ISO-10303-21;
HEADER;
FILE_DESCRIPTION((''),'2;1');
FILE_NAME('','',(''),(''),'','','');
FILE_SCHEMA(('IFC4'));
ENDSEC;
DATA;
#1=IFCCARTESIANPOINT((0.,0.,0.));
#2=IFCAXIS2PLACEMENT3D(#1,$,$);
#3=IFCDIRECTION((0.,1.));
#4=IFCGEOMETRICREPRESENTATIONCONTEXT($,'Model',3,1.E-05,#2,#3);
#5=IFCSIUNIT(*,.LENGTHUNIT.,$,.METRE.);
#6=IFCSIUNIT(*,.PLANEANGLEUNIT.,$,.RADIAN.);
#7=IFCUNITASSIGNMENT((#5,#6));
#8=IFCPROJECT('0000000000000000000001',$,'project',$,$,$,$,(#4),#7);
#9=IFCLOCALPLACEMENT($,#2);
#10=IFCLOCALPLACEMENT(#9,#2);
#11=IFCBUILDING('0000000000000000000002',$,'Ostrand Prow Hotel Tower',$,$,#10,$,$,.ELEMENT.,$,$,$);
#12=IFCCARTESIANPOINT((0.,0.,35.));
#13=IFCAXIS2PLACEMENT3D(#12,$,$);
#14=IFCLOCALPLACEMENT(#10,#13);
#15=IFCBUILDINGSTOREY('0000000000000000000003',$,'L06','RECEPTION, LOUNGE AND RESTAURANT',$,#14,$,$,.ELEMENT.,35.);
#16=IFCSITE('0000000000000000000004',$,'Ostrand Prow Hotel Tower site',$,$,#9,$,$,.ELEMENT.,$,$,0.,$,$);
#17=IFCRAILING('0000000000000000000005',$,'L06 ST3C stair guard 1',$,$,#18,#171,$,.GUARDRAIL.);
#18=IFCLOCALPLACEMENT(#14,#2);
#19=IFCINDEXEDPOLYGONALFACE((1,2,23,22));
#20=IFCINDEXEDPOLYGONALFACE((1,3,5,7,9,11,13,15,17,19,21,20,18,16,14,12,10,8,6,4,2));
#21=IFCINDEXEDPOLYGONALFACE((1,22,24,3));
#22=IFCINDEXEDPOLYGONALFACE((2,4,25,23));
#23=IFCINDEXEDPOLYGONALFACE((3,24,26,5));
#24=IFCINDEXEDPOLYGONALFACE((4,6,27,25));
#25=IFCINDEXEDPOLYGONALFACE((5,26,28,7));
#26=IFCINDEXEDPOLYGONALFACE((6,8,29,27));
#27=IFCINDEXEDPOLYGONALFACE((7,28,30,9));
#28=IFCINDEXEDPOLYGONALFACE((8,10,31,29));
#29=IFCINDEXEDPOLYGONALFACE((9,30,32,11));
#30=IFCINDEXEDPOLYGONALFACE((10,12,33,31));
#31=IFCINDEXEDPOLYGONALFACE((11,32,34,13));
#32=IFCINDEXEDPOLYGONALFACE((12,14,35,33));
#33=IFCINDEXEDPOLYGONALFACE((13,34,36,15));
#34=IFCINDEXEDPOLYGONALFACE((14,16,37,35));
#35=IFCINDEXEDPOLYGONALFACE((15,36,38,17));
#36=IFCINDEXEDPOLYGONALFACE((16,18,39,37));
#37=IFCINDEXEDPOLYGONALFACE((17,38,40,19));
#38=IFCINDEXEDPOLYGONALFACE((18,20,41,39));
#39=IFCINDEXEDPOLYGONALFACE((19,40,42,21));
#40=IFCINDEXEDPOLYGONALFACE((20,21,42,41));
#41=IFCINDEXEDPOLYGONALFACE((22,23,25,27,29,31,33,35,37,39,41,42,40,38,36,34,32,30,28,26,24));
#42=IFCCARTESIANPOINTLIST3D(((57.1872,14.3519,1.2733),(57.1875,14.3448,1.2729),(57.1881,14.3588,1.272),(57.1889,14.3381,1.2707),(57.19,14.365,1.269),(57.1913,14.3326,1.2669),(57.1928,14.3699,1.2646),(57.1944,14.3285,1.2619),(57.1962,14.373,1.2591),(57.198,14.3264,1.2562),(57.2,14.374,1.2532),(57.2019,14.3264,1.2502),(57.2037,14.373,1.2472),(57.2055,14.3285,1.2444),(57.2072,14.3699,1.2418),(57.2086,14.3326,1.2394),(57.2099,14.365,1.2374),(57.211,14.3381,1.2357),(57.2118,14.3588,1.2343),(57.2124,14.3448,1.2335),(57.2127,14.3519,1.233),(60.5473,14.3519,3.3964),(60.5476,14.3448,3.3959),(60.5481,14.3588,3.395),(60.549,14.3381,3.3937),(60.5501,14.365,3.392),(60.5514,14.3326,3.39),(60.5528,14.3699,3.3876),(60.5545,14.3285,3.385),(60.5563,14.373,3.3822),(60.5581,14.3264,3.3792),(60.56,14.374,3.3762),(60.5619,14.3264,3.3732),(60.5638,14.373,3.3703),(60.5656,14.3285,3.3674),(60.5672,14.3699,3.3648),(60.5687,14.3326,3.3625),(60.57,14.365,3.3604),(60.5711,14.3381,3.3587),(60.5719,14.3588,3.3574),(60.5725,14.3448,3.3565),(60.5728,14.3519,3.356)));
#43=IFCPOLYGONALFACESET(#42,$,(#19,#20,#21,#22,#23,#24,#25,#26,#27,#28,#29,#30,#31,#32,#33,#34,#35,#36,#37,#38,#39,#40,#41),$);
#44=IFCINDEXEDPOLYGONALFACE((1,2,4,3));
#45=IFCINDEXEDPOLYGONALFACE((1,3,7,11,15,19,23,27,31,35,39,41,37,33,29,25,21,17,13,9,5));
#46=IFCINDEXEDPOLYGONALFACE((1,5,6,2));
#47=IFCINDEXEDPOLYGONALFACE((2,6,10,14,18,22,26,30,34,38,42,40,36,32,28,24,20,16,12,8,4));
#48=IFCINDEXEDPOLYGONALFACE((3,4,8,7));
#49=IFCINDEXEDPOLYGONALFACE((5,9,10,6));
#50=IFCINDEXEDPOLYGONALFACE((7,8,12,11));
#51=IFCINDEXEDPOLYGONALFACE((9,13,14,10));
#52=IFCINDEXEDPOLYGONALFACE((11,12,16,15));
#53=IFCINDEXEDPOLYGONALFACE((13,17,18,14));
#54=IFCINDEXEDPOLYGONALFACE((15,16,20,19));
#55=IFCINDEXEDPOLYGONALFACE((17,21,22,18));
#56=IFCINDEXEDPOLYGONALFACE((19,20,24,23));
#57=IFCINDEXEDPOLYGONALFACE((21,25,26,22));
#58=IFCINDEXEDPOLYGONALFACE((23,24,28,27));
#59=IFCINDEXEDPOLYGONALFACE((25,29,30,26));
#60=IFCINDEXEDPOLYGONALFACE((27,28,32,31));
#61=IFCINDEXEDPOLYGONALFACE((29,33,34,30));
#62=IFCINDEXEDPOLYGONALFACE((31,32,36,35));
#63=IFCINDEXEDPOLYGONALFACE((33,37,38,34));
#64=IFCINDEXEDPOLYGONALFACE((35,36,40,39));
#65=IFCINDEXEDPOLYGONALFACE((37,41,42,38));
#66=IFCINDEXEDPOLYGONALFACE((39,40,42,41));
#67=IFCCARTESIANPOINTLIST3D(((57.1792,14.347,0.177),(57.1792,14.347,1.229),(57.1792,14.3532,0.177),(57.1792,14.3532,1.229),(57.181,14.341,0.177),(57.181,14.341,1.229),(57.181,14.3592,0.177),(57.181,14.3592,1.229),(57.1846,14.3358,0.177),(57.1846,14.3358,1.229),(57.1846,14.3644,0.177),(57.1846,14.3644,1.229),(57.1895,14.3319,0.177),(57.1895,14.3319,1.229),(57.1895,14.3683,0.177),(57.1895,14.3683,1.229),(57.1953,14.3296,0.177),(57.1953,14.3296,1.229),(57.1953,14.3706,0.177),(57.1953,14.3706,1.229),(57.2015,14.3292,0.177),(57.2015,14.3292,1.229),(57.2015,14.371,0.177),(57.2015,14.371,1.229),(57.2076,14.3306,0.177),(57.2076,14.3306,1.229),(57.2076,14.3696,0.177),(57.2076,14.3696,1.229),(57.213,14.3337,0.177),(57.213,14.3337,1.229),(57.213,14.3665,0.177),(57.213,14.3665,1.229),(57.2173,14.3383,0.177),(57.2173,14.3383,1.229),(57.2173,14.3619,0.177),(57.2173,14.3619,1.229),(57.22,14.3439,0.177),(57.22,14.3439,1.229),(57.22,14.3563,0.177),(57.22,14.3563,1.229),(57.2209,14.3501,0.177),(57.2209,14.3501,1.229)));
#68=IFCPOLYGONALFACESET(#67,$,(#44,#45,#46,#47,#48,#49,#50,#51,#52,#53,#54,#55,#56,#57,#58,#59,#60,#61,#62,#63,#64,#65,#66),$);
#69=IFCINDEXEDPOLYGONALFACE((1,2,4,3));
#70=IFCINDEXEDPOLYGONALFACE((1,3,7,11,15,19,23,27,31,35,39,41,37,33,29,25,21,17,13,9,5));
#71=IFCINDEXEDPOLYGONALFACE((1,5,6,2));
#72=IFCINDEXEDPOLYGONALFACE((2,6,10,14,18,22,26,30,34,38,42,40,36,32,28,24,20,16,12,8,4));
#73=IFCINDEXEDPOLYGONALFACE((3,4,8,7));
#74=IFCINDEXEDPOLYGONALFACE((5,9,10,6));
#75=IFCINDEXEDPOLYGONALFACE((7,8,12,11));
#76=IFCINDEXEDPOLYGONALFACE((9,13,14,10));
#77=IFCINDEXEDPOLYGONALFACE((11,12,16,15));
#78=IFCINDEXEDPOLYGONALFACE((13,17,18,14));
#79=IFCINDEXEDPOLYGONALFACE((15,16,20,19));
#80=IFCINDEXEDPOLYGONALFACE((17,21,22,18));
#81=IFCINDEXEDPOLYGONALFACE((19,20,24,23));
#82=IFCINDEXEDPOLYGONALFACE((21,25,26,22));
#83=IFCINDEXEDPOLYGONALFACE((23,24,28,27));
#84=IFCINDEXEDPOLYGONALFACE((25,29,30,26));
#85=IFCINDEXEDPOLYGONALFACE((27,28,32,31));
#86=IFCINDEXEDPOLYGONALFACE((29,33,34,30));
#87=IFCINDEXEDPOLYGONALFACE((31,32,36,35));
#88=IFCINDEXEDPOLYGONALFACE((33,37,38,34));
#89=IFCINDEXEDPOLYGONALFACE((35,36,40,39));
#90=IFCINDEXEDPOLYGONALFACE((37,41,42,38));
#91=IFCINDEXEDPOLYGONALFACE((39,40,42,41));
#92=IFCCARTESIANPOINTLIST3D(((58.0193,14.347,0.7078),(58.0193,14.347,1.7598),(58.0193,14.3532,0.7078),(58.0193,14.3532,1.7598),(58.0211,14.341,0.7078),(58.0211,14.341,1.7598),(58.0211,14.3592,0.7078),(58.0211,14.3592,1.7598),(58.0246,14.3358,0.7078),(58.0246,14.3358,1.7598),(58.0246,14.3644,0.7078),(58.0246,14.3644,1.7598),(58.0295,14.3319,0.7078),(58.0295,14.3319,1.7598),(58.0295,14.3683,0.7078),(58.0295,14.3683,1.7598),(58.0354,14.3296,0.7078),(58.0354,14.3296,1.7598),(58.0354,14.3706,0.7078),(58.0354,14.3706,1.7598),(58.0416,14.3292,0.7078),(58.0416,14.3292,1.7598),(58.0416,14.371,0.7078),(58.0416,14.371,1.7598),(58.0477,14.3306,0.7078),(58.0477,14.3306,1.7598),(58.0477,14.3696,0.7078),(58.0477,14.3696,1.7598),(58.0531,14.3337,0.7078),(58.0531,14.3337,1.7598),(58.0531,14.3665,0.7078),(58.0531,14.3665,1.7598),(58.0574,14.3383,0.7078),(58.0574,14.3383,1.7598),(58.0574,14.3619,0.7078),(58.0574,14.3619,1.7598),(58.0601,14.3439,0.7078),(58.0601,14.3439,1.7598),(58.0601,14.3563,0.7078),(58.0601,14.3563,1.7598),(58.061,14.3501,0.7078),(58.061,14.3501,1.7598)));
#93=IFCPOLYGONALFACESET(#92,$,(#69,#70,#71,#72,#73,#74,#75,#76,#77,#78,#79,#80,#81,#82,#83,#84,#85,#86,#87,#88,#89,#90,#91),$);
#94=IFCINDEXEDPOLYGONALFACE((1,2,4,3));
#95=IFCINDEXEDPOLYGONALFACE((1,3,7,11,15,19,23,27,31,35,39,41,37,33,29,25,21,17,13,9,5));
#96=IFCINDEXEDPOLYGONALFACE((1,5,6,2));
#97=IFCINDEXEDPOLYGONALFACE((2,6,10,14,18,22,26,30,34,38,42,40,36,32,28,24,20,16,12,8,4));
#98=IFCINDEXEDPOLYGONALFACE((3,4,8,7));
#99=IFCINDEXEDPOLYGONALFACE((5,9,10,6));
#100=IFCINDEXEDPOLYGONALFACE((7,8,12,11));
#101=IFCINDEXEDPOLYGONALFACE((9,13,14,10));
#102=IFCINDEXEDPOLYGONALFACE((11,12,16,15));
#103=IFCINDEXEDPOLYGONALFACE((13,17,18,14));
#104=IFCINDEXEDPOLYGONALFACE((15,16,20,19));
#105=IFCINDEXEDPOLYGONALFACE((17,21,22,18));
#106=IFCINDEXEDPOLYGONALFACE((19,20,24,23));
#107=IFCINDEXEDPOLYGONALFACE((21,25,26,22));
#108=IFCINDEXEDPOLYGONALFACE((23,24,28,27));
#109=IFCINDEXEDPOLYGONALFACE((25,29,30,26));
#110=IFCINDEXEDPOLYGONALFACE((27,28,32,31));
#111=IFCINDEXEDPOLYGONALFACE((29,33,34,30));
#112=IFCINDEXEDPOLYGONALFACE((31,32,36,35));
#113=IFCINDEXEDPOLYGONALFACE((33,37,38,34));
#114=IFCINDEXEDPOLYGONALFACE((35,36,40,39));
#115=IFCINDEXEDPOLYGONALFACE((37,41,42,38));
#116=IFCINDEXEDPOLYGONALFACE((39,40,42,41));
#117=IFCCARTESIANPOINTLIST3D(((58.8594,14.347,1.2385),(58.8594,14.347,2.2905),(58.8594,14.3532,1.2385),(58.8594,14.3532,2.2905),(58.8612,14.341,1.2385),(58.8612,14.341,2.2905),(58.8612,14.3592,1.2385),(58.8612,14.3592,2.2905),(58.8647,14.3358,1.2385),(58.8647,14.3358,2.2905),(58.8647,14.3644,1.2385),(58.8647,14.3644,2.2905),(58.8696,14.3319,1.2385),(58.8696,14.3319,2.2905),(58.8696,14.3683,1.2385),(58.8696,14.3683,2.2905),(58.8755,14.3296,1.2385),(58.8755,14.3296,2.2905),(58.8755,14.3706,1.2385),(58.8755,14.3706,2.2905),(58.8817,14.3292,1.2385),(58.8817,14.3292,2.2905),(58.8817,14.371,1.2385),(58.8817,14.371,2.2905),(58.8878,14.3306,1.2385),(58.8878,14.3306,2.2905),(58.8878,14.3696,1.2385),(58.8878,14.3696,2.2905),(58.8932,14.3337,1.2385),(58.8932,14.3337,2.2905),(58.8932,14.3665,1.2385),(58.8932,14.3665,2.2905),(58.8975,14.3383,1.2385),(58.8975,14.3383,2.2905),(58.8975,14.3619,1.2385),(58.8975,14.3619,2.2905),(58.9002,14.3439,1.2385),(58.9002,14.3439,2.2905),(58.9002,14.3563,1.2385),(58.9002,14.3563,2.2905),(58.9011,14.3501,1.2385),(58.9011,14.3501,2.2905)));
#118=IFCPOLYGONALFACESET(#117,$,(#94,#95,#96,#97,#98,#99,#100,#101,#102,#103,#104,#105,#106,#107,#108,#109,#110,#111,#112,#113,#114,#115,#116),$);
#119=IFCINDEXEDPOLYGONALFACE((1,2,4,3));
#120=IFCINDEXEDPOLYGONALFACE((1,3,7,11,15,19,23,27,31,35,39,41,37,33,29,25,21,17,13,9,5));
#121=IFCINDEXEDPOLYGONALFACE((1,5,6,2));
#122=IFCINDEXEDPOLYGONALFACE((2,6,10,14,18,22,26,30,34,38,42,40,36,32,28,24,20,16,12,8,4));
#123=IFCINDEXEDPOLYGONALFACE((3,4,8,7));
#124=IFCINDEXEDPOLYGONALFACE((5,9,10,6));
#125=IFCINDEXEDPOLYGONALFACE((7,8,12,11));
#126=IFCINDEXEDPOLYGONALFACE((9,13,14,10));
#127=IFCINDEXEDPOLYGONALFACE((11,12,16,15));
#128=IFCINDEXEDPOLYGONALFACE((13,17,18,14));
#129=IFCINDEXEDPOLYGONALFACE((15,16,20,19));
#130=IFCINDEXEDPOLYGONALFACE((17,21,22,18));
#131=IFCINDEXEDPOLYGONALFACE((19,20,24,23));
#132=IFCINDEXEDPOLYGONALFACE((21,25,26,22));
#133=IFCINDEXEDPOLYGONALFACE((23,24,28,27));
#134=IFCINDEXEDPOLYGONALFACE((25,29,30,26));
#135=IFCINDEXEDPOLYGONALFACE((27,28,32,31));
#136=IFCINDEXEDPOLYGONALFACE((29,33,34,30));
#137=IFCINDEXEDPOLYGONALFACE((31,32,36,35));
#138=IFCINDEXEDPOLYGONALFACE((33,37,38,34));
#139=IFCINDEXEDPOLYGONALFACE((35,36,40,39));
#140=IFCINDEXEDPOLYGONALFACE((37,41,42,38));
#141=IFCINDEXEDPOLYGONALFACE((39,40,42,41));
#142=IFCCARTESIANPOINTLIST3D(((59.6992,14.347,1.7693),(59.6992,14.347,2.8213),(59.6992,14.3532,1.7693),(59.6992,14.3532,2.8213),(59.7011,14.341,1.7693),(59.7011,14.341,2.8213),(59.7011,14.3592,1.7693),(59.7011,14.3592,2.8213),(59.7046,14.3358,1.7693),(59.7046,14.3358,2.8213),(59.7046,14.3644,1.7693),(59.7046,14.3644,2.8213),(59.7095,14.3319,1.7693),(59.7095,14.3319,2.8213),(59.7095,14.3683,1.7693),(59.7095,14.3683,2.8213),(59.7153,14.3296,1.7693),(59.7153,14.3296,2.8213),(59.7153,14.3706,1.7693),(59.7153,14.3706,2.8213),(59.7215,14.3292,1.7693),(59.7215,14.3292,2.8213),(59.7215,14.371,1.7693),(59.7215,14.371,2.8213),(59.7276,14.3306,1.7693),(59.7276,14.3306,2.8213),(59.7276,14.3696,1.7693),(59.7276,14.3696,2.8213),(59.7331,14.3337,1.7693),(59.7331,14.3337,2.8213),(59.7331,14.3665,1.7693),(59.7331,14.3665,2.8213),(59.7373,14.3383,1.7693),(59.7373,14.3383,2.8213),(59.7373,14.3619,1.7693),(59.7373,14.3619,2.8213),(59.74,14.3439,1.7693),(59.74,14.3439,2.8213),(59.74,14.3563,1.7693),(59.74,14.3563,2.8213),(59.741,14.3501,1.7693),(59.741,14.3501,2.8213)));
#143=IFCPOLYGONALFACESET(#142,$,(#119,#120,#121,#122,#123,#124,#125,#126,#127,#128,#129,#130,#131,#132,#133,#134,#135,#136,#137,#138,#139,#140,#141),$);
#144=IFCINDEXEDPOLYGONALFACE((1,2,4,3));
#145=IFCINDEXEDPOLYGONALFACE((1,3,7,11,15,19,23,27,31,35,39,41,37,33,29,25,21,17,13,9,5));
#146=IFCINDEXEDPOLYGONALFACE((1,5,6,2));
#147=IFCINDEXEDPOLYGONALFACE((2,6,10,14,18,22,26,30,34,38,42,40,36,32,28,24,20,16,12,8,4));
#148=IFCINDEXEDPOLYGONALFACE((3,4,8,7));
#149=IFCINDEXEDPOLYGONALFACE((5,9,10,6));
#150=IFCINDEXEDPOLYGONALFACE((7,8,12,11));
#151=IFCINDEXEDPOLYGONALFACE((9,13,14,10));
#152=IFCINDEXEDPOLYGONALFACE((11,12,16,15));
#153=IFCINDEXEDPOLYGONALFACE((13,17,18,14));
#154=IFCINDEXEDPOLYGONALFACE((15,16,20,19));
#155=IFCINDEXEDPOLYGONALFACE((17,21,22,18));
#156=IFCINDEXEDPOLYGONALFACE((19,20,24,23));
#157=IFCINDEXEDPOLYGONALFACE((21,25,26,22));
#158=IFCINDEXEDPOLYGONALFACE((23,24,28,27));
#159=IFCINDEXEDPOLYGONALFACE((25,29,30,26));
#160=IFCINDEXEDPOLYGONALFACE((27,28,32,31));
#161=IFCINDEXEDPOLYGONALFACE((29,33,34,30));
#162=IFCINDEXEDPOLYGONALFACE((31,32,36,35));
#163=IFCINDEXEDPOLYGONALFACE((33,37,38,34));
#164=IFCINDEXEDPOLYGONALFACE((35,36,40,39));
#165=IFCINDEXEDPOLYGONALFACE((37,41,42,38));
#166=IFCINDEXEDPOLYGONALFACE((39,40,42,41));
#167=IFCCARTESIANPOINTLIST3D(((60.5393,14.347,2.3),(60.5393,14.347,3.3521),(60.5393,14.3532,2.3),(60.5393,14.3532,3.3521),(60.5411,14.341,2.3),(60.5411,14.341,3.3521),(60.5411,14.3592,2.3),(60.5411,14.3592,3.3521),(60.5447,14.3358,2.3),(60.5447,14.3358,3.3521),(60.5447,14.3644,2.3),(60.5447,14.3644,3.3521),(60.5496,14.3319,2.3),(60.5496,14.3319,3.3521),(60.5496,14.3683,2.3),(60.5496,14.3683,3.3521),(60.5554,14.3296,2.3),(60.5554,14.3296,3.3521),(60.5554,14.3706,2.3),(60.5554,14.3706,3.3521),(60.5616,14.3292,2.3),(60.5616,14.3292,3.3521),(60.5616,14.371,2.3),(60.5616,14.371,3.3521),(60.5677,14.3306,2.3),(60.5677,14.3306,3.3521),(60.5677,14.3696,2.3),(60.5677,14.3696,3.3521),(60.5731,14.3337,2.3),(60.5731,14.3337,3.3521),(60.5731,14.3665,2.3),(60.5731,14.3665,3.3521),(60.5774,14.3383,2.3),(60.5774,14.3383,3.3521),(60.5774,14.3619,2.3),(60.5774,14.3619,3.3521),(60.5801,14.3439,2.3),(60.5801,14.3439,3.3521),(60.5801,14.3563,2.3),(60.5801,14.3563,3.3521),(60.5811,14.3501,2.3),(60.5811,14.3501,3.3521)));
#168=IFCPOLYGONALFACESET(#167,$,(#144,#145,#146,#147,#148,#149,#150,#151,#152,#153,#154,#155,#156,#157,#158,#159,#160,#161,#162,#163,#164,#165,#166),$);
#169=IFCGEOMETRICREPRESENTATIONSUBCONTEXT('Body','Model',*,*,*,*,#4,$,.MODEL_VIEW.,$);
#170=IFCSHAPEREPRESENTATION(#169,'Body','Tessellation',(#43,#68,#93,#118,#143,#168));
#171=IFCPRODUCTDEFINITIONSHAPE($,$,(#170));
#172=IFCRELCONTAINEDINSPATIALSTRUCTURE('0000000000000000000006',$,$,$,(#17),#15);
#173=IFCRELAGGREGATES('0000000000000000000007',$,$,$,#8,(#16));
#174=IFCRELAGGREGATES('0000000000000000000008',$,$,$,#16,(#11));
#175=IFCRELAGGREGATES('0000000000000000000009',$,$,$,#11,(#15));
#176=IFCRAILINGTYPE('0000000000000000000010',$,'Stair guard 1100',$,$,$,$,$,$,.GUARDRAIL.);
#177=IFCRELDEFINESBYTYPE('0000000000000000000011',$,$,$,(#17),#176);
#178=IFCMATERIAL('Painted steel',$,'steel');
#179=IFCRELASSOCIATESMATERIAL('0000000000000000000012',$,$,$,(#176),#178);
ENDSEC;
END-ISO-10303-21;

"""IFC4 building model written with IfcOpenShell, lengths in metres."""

from ifc_helpers import new_model, si_unit, direction, frame, origin, origin_2d, place, context, subcontext, project, spatial, circle, extrude, material, type_object, element, save


model = new_model("IFC4")

# Units and contexts
model_context = context("Model", 3, precision=1e-05, world=origin(), true_north=direction((0.0, 1.0)))
body_context = subcontext(model_context, "Body", "Model", "MODEL_VIEW")
ifc_project = project(units=[si_unit("LENGTHUNIT", "METRE"), si_unit("PLANEANGLEUNIT", "RADIAN")], contexts=[model_context])

# Site, building, storey
site_placement = place(None, origin())
site = spatial("IfcSite", under=ifc_project, at=site_placement, Name="Ostrand Prow Hotel Tower site", CompositionType="ELEMENT", RefElevation=0.0)
building_placement = place(site_placement, origin())
building = spatial("IfcBuilding", under=site, at=building_placement, Name="Ostrand Prow Hotel Tower", CompositionType="ELEMENT")
storey_placement = place(building_placement, frame((0.0, 0.0, 35.0)))
storey = spatial("IfcBuildingStorey", under=building, at=storey_placement, Name="L06", Description="RECEPTION, LOUNGE AND RESTAURANT", CompositionType="ELEMENT", Elevation=35.0)

# Railing
ifc_material_1 = material(Name="Painted steel", Category="steel")
railing_type_1 = type_object("IfcRailingType", Name="Stair guard 1100", PredefinedType="GUARDRAIL", material=ifc_material_1)
railing_1_placement = place(storey_placement, frame((57.2, 14.3501, 0.177)))
element("IfcRailing", 1, at=railing_1_placement, inside=storey, type_object=railing_type_1, Name="L06 ST3C stair guard 1", PredefinedType="GUARDRAIL", context=body_context, shape_type="SweptSolid", body=[
    extrude(circle(Radius=0.0239, at=origin_2d()), frame((0.0, 0.0, 1.0762), z_axis=(0.84539, 0.0, 0.53415), x_axis=(0.0, 1.0, 0.0)), (0.0, 0.0, 1.0), 3.9746),
    extrude(circle(Radius=0.021, at=origin_2d()), origin(), (0.0, 0.0, 1.0), 1.052),
    extrude(circle(Radius=0.021, at=origin_2d()), frame((0.8401, 0.0, 0.5308)), (0.0, 0.0, 1.0), 1.052),
    extrude(circle(Radius=0.021, at=origin_2d()), frame((1.6802, 0.0, 1.0615)), (0.0, 0.0, 1.0), 1.052),
    extrude(circle(Radius=0.021, at=origin_2d()), frame((2.52, 0.0, 1.5923)), (0.0, 0.0, 1.0), 1.052),
    extrude(circle(Radius=0.021, at=origin_2d()), frame((3.3601, 0.0, 2.123)), (0.0, 0.0, 1.0), 1.052),
])

save(model, "model.ifc")
